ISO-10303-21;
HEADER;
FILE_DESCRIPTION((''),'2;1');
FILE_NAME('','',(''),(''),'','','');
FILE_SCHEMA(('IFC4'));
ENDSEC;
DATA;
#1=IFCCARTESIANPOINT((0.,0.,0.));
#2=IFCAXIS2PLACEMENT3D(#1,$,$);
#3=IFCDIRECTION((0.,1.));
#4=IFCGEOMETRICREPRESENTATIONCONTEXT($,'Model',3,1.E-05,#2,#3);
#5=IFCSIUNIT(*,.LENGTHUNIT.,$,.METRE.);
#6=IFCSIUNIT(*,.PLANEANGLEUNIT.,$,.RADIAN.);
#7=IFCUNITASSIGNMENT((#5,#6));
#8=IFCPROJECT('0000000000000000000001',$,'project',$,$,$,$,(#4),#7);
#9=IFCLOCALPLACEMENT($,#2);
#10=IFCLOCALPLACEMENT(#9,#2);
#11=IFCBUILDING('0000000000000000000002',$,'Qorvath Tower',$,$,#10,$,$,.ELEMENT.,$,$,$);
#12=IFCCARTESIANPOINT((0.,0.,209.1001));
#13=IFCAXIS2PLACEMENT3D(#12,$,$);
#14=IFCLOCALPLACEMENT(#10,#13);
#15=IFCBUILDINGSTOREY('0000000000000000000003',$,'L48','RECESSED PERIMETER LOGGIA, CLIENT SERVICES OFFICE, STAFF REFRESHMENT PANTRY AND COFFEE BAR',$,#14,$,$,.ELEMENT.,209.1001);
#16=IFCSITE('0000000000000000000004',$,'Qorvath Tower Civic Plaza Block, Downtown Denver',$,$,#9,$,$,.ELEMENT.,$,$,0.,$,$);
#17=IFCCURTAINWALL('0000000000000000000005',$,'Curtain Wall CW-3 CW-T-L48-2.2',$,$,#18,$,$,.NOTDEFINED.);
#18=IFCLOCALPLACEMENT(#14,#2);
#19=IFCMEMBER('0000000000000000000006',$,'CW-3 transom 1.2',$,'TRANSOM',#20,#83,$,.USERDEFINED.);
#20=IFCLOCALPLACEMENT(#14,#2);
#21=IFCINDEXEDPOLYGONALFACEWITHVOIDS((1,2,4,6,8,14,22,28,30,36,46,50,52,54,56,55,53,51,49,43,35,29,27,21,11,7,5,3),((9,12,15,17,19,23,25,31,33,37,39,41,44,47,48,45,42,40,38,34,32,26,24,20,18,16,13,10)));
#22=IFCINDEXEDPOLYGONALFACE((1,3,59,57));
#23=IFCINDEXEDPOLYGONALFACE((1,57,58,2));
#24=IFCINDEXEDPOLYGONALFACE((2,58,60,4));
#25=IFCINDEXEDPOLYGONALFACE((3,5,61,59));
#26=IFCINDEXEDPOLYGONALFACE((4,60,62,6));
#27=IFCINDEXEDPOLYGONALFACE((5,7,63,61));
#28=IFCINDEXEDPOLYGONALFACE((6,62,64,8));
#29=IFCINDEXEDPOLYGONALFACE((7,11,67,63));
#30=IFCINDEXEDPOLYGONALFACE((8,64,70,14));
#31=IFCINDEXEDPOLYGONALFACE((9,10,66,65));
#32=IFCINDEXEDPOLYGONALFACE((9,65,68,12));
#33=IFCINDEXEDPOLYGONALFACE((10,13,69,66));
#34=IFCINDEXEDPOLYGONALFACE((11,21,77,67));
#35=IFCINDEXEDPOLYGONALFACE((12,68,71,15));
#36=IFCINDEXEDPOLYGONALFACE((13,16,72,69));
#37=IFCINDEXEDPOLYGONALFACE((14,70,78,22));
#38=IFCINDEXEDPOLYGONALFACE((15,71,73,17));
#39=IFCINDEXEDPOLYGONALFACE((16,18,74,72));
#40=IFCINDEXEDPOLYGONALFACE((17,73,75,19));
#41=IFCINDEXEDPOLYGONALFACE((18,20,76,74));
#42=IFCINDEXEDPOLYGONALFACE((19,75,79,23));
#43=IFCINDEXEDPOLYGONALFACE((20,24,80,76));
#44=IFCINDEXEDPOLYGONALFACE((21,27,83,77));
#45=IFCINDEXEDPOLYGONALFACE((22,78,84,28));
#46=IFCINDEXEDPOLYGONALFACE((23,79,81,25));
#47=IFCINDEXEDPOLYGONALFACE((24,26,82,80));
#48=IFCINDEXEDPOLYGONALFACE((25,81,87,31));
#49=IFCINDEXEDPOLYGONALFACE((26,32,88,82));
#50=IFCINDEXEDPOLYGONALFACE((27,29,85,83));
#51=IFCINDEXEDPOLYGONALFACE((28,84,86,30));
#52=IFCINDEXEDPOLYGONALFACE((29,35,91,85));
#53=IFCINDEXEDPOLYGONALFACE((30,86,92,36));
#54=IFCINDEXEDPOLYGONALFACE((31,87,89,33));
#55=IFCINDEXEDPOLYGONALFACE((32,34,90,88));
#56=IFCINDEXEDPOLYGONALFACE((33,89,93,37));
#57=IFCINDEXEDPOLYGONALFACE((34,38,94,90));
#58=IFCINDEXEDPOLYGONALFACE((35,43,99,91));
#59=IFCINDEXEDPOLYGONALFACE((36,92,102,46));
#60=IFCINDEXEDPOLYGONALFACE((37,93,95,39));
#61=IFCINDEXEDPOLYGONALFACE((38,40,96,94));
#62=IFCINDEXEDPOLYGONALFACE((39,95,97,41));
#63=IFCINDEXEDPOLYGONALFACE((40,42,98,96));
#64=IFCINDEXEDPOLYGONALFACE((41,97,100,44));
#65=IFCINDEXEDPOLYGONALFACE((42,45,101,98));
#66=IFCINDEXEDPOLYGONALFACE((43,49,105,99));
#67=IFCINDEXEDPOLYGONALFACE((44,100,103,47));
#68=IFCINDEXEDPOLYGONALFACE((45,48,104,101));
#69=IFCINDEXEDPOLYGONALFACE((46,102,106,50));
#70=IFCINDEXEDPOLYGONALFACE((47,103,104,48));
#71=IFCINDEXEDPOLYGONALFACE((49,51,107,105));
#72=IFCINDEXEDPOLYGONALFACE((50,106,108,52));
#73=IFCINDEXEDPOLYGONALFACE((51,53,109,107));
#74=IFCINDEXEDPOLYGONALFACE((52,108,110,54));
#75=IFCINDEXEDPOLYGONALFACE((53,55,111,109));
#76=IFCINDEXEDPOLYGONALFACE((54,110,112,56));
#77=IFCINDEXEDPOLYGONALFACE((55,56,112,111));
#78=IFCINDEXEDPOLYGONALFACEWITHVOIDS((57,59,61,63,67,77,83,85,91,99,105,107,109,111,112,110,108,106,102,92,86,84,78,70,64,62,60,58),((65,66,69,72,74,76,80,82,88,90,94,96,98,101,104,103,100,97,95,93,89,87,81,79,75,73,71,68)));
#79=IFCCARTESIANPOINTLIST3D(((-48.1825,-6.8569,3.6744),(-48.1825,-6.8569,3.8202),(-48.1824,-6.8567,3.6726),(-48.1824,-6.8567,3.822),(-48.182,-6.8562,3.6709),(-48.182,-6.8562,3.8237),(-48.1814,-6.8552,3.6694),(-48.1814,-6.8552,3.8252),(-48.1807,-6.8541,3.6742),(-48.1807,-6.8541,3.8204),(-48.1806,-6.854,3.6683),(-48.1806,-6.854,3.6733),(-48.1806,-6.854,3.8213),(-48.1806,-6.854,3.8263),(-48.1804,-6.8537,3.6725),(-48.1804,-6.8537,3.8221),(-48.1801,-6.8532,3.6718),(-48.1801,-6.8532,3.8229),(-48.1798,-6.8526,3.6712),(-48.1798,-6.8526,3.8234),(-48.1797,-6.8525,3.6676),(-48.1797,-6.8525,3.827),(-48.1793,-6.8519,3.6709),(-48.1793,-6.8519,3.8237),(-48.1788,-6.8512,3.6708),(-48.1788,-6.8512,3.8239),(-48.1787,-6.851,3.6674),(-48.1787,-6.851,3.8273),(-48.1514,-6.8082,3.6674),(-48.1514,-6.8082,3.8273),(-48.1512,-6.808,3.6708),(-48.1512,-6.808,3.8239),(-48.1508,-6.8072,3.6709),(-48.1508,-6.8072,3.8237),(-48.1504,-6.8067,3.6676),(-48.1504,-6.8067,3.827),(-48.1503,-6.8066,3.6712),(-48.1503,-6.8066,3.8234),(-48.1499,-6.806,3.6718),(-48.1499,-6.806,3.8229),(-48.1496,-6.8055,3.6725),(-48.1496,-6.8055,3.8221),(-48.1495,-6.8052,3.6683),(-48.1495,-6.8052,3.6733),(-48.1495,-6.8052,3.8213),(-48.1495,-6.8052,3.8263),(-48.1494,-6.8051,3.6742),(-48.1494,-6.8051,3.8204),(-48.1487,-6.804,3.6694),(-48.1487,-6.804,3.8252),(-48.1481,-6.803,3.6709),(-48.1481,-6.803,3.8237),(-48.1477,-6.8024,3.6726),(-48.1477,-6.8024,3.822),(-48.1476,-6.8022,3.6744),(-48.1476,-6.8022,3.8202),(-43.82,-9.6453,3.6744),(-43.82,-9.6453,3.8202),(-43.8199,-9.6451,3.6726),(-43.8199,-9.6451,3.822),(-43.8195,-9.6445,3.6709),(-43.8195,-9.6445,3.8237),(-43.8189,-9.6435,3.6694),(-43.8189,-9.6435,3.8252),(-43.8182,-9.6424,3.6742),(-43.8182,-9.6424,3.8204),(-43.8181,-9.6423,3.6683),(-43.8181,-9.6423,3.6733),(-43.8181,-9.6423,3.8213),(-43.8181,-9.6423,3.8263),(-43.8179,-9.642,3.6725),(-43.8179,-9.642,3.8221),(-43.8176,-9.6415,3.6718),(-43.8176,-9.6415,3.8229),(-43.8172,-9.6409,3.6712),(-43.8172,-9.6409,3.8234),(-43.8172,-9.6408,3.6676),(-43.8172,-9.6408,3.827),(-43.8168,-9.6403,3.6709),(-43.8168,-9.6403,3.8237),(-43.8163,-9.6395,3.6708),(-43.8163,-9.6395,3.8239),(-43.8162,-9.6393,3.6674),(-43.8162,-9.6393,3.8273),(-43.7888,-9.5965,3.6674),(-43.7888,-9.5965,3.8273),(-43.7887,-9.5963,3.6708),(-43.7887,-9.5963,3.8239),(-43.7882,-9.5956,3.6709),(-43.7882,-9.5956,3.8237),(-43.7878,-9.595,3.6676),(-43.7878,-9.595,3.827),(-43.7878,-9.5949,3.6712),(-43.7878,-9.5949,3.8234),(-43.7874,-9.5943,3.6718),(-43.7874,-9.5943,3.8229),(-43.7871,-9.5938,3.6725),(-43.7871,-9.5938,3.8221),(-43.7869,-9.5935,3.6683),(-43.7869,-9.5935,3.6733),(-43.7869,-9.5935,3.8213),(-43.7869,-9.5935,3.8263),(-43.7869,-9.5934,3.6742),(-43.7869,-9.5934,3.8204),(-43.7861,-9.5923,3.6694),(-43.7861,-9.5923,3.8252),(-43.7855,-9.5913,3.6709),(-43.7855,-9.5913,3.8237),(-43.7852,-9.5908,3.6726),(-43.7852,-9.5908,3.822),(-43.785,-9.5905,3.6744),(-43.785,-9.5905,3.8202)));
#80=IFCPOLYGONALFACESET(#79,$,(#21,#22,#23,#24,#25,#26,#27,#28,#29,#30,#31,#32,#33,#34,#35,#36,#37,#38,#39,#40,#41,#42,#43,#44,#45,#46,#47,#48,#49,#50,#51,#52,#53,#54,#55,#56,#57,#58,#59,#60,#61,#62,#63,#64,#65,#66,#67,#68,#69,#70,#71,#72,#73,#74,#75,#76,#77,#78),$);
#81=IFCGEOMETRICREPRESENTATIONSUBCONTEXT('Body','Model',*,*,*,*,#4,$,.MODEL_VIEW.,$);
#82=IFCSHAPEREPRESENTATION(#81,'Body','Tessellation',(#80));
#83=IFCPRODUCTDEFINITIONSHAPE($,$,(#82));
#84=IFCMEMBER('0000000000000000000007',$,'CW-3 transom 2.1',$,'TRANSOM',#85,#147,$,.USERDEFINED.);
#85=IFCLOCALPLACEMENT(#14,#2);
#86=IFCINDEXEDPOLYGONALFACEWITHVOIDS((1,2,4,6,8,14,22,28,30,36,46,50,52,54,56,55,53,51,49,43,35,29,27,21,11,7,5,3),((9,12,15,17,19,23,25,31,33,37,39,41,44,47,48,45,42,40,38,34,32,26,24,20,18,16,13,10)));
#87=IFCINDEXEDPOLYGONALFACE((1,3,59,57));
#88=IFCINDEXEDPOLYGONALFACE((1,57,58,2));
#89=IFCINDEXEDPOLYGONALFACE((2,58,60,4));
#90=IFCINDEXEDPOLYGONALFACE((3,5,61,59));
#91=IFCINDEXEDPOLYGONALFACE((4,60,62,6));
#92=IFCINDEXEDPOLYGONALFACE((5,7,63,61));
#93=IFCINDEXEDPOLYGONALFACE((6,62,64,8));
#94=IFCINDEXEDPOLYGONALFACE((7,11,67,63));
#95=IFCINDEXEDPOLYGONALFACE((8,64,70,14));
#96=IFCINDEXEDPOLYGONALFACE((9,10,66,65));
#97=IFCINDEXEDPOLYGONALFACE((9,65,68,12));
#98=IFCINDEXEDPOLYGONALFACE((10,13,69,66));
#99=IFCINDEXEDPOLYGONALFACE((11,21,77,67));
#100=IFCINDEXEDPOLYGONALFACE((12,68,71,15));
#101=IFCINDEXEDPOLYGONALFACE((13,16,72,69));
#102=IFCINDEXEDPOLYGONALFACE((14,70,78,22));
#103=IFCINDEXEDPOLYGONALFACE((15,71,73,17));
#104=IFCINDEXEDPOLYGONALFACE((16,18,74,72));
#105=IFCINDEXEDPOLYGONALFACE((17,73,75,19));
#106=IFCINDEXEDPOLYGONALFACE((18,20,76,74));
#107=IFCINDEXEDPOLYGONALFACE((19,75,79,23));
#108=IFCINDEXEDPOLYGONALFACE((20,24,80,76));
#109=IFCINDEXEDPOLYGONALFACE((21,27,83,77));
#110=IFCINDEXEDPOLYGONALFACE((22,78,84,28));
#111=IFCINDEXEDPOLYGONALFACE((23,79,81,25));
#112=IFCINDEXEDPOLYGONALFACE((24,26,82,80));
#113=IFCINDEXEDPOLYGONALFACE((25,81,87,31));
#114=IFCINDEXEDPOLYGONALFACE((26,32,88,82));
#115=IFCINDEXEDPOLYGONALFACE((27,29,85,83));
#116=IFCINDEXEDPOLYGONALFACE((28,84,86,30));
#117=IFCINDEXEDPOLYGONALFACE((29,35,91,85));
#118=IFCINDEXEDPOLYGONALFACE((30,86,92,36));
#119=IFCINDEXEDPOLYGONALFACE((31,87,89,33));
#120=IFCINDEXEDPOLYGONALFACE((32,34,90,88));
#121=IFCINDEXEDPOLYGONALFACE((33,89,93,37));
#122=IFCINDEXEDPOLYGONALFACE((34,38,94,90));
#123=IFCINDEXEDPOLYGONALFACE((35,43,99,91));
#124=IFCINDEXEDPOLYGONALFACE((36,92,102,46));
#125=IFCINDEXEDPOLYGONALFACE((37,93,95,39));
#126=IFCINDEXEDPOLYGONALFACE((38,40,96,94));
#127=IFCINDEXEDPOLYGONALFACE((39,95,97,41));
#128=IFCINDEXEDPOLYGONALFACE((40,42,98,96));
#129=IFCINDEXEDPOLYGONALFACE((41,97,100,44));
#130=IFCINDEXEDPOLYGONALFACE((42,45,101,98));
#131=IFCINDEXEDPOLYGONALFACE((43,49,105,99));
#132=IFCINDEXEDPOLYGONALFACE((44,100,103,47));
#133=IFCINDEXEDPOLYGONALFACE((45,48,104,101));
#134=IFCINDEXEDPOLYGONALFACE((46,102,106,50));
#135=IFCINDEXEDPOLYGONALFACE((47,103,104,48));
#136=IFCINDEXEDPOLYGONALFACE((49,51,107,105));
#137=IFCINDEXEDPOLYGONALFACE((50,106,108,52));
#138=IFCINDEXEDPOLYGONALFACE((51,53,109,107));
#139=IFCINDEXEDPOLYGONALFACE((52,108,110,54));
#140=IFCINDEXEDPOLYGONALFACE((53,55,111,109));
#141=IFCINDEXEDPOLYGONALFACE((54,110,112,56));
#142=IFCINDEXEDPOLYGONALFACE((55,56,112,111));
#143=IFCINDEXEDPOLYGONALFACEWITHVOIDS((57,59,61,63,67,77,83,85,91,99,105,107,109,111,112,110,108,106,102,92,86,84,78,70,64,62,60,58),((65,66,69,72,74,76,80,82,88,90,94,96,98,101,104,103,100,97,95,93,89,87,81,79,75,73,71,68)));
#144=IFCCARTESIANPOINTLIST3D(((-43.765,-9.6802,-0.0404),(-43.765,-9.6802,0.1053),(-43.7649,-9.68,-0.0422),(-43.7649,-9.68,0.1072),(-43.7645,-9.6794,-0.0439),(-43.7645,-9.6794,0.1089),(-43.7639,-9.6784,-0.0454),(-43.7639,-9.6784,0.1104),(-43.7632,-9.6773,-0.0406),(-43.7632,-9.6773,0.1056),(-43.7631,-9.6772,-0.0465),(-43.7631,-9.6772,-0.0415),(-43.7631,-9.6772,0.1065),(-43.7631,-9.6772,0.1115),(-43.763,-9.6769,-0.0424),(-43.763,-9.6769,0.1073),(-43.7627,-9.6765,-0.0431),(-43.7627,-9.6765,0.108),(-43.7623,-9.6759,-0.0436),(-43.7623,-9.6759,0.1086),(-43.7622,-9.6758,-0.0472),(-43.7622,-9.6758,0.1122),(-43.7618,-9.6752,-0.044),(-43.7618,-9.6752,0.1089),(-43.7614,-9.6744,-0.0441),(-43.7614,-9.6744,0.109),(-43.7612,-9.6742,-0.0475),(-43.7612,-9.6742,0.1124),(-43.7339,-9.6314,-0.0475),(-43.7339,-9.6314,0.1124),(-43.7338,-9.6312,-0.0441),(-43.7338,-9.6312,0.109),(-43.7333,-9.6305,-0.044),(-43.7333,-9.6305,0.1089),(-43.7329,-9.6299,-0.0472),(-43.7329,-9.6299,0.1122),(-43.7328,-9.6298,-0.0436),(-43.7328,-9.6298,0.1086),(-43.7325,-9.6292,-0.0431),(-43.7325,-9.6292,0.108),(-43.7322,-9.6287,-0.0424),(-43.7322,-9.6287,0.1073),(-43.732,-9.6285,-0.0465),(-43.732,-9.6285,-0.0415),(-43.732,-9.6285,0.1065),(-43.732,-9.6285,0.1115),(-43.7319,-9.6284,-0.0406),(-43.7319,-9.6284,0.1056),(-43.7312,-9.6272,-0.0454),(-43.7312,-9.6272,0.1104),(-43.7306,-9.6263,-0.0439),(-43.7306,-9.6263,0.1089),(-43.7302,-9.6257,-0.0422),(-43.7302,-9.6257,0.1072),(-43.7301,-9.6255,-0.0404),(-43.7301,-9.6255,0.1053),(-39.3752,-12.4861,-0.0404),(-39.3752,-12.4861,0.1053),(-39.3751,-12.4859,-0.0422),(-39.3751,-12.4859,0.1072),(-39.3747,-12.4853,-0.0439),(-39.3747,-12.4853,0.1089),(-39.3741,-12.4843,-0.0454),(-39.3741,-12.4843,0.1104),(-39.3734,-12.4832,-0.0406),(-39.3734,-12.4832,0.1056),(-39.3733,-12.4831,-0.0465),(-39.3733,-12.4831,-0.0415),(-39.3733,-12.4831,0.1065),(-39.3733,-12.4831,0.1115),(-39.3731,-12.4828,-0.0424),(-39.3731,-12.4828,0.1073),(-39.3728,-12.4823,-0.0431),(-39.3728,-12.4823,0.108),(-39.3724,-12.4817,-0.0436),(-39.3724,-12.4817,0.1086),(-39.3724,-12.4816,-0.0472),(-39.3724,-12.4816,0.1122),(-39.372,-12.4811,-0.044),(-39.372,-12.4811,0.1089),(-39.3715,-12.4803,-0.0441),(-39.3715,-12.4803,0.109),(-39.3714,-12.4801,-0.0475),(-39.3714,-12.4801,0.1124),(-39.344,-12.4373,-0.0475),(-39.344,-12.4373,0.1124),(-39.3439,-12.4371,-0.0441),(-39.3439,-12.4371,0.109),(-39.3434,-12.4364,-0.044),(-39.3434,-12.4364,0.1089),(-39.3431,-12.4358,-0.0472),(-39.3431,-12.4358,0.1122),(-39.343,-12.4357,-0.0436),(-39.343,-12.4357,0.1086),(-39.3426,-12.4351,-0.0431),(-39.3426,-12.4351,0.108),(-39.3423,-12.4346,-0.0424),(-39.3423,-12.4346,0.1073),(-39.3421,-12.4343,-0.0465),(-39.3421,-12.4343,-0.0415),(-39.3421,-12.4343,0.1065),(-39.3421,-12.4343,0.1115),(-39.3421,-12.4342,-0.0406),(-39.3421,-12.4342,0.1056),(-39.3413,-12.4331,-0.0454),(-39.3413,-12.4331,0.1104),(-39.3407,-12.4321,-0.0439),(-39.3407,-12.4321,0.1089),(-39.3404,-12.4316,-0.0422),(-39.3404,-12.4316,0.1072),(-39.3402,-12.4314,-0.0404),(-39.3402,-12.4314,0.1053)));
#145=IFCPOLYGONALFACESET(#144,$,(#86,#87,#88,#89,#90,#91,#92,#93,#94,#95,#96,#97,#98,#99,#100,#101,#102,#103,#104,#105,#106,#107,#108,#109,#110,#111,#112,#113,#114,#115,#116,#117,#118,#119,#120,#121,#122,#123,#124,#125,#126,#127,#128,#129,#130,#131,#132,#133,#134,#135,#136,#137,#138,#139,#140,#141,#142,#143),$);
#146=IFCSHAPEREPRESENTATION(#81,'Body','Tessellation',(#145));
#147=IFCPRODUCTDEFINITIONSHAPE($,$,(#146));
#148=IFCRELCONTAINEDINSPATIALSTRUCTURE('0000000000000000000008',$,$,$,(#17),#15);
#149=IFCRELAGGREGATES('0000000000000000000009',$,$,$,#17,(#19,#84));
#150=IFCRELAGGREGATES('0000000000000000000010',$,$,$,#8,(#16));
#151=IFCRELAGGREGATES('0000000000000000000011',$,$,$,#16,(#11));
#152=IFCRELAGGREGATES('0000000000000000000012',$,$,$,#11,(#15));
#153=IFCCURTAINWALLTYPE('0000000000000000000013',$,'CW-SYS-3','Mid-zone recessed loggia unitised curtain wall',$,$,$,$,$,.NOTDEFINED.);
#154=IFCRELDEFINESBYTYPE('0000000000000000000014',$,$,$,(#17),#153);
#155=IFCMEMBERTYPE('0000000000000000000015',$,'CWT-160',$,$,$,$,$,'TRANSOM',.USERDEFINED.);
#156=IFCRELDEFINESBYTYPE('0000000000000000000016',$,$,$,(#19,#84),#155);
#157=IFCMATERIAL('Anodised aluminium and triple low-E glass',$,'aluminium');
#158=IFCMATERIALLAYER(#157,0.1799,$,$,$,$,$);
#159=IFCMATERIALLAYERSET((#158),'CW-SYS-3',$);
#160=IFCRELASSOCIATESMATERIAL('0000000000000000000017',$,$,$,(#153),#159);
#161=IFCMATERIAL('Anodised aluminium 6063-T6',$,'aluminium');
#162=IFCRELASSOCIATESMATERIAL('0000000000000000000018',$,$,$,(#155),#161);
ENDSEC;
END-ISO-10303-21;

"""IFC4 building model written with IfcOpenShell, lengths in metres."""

from ifc_helpers import new_model, si_unit, direction, frame, origin, origin_2d, place, context, subcontext, project, spatial, hollow_rectangle, extrude, material, layer, layer_set, material_profile, profile_set, type_object, element, aggregate, save


model = new_model("IFC4")

# Units and contexts
model_context = context("Model", 3, precision=1e-05, world=origin(), true_north=direction((0.0, 1.0)))
body_context = subcontext(model_context, "Body", "Model", "MODEL_VIEW")
ifc_project = project(units=[si_unit("LENGTHUNIT", "METRE"), si_unit("PLANEANGLEUNIT", "RADIAN")], contexts=[model_context])

# Site, building, storey
site_placement = place(None, origin())
site = spatial("IfcSite", under=ifc_project, at=site_placement, Name="Qorvath Tower Civic Plaza Block, Downtown Denver", CompositionType="ELEMENT", RefElevation=0.0)
building_placement = place(site_placement, origin())
building = spatial("IfcBuilding", under=site, at=building_placement, Name="Qorvath Tower", CompositionType="ELEMENT")
storey_placement = place(building_placement, frame((0.0, 0.0, 209.1001)))
storey = spatial("IfcBuildingStorey", under=building, at=storey_placement, Name="L48", Description="RECESSED PERIMETER LOGGIA, CLIENT SERVICES OFFICE, STAFF REFRESHMENT PANTRY AND COFFEE BAR", CompositionType="ELEMENT", Elevation=209.1001)

# Curtain wall
ifc_material_1 = material(Name="Anodised aluminium and triple low-E glass", Category="aluminium")
ifc_layer_1 = layer(ifc_material_1, 0.1799)
ifc_layer_set_1 = layer_set([ifc_layer_1], Name="CW-SYS-3")
curtain_wall_type = type_object("IfcCurtainWallType", Name="CW-SYS-3", Description="Mid-zone recessed loggia unitised curtain wall", PredefinedType="NOTDEFINED", material=ifc_layer_set_1)
curtain_wall_1_placement = place(storey_placement, origin())
curtain_wall_1 = element("IfcCurtainWall", 1, at=curtain_wall_1_placement, inside=storey, type_object=curtain_wall_type, Name="Curtain Wall CW-3 CW-T-L48-2.2", PredefinedType="NOTDEFINED")

# Members
ifc_material_2 = material(Name="Anodised aluminium 6063-T6", Category="aluminium")
ifc_material_profile_1 = material_profile(ifc_material_2, hollow_rectangle(XDim=0.0649, YDim=0.1599, WallThickness=0.0034, InnerFilletRadius=0.0034, OuterFilletRadius=0.0071, at=origin_2d()), Name="CWT 160x65")
ifc_profile_set_1 = profile_set([ifc_material_profile_1], Name="Anodised aluminium 6063-T6")
member_type_1 = type_object("IfcMemberType", Name="CWT-160", ElementType="TRANSOM", PredefinedType="USERDEFINED", material=ifc_profile_set_1)
member_1_placement = place(storey_placement, frame((-48.165, -6.8296, 3.7473), z_axis=(0.842596, -0.538546, 0.0), x_axis=(0.538546, 0.842596, 0.0)))
member_1 = element("IfcMember", 2, at=member_1_placement, type_object=member_type_1, Name="CW-3 transom 1.2", ObjectType="TRANSOM", PredefinedType="USERDEFINED", context=body_context, shape_type="SweptSolid", body=[
    extrude(hollow_rectangle(XDim=0.0649, YDim=0.1599, WallThickness=0.0034, InnerFilletRadius=0.0034, OuterFilletRadius=0.0071, at=origin_2d()), origin(), (0.0, 0.0, 1.0), 5.1775),
])
member_2_placement = place(storey_placement, frame((-43.7476, -9.6528, 0.0325), z_axis=(0.842587, -0.53856, 0.0), x_axis=(0.53856, 0.842587, 0.0)))
member_2 = element("IfcMember", 3, at=member_2_placement, type_object=member_type_1, Name="CW-3 transom 2.1", ObjectType="TRANSOM", PredefinedType="USERDEFINED", context=body_context, shape_type="SweptSolid", body=[
    extrude(hollow_rectangle(XDim=0.0649, YDim=0.1599, WallThickness=0.0034, InnerFilletRadius=0.0034, OuterFilletRadius=0.0071, at=origin_2d()), origin(), (0.0, 0.0, 1.0), 5.21),
])

aggregate(curtain_wall_1, [member_1, member_2])

save(model, "model.ifc")
